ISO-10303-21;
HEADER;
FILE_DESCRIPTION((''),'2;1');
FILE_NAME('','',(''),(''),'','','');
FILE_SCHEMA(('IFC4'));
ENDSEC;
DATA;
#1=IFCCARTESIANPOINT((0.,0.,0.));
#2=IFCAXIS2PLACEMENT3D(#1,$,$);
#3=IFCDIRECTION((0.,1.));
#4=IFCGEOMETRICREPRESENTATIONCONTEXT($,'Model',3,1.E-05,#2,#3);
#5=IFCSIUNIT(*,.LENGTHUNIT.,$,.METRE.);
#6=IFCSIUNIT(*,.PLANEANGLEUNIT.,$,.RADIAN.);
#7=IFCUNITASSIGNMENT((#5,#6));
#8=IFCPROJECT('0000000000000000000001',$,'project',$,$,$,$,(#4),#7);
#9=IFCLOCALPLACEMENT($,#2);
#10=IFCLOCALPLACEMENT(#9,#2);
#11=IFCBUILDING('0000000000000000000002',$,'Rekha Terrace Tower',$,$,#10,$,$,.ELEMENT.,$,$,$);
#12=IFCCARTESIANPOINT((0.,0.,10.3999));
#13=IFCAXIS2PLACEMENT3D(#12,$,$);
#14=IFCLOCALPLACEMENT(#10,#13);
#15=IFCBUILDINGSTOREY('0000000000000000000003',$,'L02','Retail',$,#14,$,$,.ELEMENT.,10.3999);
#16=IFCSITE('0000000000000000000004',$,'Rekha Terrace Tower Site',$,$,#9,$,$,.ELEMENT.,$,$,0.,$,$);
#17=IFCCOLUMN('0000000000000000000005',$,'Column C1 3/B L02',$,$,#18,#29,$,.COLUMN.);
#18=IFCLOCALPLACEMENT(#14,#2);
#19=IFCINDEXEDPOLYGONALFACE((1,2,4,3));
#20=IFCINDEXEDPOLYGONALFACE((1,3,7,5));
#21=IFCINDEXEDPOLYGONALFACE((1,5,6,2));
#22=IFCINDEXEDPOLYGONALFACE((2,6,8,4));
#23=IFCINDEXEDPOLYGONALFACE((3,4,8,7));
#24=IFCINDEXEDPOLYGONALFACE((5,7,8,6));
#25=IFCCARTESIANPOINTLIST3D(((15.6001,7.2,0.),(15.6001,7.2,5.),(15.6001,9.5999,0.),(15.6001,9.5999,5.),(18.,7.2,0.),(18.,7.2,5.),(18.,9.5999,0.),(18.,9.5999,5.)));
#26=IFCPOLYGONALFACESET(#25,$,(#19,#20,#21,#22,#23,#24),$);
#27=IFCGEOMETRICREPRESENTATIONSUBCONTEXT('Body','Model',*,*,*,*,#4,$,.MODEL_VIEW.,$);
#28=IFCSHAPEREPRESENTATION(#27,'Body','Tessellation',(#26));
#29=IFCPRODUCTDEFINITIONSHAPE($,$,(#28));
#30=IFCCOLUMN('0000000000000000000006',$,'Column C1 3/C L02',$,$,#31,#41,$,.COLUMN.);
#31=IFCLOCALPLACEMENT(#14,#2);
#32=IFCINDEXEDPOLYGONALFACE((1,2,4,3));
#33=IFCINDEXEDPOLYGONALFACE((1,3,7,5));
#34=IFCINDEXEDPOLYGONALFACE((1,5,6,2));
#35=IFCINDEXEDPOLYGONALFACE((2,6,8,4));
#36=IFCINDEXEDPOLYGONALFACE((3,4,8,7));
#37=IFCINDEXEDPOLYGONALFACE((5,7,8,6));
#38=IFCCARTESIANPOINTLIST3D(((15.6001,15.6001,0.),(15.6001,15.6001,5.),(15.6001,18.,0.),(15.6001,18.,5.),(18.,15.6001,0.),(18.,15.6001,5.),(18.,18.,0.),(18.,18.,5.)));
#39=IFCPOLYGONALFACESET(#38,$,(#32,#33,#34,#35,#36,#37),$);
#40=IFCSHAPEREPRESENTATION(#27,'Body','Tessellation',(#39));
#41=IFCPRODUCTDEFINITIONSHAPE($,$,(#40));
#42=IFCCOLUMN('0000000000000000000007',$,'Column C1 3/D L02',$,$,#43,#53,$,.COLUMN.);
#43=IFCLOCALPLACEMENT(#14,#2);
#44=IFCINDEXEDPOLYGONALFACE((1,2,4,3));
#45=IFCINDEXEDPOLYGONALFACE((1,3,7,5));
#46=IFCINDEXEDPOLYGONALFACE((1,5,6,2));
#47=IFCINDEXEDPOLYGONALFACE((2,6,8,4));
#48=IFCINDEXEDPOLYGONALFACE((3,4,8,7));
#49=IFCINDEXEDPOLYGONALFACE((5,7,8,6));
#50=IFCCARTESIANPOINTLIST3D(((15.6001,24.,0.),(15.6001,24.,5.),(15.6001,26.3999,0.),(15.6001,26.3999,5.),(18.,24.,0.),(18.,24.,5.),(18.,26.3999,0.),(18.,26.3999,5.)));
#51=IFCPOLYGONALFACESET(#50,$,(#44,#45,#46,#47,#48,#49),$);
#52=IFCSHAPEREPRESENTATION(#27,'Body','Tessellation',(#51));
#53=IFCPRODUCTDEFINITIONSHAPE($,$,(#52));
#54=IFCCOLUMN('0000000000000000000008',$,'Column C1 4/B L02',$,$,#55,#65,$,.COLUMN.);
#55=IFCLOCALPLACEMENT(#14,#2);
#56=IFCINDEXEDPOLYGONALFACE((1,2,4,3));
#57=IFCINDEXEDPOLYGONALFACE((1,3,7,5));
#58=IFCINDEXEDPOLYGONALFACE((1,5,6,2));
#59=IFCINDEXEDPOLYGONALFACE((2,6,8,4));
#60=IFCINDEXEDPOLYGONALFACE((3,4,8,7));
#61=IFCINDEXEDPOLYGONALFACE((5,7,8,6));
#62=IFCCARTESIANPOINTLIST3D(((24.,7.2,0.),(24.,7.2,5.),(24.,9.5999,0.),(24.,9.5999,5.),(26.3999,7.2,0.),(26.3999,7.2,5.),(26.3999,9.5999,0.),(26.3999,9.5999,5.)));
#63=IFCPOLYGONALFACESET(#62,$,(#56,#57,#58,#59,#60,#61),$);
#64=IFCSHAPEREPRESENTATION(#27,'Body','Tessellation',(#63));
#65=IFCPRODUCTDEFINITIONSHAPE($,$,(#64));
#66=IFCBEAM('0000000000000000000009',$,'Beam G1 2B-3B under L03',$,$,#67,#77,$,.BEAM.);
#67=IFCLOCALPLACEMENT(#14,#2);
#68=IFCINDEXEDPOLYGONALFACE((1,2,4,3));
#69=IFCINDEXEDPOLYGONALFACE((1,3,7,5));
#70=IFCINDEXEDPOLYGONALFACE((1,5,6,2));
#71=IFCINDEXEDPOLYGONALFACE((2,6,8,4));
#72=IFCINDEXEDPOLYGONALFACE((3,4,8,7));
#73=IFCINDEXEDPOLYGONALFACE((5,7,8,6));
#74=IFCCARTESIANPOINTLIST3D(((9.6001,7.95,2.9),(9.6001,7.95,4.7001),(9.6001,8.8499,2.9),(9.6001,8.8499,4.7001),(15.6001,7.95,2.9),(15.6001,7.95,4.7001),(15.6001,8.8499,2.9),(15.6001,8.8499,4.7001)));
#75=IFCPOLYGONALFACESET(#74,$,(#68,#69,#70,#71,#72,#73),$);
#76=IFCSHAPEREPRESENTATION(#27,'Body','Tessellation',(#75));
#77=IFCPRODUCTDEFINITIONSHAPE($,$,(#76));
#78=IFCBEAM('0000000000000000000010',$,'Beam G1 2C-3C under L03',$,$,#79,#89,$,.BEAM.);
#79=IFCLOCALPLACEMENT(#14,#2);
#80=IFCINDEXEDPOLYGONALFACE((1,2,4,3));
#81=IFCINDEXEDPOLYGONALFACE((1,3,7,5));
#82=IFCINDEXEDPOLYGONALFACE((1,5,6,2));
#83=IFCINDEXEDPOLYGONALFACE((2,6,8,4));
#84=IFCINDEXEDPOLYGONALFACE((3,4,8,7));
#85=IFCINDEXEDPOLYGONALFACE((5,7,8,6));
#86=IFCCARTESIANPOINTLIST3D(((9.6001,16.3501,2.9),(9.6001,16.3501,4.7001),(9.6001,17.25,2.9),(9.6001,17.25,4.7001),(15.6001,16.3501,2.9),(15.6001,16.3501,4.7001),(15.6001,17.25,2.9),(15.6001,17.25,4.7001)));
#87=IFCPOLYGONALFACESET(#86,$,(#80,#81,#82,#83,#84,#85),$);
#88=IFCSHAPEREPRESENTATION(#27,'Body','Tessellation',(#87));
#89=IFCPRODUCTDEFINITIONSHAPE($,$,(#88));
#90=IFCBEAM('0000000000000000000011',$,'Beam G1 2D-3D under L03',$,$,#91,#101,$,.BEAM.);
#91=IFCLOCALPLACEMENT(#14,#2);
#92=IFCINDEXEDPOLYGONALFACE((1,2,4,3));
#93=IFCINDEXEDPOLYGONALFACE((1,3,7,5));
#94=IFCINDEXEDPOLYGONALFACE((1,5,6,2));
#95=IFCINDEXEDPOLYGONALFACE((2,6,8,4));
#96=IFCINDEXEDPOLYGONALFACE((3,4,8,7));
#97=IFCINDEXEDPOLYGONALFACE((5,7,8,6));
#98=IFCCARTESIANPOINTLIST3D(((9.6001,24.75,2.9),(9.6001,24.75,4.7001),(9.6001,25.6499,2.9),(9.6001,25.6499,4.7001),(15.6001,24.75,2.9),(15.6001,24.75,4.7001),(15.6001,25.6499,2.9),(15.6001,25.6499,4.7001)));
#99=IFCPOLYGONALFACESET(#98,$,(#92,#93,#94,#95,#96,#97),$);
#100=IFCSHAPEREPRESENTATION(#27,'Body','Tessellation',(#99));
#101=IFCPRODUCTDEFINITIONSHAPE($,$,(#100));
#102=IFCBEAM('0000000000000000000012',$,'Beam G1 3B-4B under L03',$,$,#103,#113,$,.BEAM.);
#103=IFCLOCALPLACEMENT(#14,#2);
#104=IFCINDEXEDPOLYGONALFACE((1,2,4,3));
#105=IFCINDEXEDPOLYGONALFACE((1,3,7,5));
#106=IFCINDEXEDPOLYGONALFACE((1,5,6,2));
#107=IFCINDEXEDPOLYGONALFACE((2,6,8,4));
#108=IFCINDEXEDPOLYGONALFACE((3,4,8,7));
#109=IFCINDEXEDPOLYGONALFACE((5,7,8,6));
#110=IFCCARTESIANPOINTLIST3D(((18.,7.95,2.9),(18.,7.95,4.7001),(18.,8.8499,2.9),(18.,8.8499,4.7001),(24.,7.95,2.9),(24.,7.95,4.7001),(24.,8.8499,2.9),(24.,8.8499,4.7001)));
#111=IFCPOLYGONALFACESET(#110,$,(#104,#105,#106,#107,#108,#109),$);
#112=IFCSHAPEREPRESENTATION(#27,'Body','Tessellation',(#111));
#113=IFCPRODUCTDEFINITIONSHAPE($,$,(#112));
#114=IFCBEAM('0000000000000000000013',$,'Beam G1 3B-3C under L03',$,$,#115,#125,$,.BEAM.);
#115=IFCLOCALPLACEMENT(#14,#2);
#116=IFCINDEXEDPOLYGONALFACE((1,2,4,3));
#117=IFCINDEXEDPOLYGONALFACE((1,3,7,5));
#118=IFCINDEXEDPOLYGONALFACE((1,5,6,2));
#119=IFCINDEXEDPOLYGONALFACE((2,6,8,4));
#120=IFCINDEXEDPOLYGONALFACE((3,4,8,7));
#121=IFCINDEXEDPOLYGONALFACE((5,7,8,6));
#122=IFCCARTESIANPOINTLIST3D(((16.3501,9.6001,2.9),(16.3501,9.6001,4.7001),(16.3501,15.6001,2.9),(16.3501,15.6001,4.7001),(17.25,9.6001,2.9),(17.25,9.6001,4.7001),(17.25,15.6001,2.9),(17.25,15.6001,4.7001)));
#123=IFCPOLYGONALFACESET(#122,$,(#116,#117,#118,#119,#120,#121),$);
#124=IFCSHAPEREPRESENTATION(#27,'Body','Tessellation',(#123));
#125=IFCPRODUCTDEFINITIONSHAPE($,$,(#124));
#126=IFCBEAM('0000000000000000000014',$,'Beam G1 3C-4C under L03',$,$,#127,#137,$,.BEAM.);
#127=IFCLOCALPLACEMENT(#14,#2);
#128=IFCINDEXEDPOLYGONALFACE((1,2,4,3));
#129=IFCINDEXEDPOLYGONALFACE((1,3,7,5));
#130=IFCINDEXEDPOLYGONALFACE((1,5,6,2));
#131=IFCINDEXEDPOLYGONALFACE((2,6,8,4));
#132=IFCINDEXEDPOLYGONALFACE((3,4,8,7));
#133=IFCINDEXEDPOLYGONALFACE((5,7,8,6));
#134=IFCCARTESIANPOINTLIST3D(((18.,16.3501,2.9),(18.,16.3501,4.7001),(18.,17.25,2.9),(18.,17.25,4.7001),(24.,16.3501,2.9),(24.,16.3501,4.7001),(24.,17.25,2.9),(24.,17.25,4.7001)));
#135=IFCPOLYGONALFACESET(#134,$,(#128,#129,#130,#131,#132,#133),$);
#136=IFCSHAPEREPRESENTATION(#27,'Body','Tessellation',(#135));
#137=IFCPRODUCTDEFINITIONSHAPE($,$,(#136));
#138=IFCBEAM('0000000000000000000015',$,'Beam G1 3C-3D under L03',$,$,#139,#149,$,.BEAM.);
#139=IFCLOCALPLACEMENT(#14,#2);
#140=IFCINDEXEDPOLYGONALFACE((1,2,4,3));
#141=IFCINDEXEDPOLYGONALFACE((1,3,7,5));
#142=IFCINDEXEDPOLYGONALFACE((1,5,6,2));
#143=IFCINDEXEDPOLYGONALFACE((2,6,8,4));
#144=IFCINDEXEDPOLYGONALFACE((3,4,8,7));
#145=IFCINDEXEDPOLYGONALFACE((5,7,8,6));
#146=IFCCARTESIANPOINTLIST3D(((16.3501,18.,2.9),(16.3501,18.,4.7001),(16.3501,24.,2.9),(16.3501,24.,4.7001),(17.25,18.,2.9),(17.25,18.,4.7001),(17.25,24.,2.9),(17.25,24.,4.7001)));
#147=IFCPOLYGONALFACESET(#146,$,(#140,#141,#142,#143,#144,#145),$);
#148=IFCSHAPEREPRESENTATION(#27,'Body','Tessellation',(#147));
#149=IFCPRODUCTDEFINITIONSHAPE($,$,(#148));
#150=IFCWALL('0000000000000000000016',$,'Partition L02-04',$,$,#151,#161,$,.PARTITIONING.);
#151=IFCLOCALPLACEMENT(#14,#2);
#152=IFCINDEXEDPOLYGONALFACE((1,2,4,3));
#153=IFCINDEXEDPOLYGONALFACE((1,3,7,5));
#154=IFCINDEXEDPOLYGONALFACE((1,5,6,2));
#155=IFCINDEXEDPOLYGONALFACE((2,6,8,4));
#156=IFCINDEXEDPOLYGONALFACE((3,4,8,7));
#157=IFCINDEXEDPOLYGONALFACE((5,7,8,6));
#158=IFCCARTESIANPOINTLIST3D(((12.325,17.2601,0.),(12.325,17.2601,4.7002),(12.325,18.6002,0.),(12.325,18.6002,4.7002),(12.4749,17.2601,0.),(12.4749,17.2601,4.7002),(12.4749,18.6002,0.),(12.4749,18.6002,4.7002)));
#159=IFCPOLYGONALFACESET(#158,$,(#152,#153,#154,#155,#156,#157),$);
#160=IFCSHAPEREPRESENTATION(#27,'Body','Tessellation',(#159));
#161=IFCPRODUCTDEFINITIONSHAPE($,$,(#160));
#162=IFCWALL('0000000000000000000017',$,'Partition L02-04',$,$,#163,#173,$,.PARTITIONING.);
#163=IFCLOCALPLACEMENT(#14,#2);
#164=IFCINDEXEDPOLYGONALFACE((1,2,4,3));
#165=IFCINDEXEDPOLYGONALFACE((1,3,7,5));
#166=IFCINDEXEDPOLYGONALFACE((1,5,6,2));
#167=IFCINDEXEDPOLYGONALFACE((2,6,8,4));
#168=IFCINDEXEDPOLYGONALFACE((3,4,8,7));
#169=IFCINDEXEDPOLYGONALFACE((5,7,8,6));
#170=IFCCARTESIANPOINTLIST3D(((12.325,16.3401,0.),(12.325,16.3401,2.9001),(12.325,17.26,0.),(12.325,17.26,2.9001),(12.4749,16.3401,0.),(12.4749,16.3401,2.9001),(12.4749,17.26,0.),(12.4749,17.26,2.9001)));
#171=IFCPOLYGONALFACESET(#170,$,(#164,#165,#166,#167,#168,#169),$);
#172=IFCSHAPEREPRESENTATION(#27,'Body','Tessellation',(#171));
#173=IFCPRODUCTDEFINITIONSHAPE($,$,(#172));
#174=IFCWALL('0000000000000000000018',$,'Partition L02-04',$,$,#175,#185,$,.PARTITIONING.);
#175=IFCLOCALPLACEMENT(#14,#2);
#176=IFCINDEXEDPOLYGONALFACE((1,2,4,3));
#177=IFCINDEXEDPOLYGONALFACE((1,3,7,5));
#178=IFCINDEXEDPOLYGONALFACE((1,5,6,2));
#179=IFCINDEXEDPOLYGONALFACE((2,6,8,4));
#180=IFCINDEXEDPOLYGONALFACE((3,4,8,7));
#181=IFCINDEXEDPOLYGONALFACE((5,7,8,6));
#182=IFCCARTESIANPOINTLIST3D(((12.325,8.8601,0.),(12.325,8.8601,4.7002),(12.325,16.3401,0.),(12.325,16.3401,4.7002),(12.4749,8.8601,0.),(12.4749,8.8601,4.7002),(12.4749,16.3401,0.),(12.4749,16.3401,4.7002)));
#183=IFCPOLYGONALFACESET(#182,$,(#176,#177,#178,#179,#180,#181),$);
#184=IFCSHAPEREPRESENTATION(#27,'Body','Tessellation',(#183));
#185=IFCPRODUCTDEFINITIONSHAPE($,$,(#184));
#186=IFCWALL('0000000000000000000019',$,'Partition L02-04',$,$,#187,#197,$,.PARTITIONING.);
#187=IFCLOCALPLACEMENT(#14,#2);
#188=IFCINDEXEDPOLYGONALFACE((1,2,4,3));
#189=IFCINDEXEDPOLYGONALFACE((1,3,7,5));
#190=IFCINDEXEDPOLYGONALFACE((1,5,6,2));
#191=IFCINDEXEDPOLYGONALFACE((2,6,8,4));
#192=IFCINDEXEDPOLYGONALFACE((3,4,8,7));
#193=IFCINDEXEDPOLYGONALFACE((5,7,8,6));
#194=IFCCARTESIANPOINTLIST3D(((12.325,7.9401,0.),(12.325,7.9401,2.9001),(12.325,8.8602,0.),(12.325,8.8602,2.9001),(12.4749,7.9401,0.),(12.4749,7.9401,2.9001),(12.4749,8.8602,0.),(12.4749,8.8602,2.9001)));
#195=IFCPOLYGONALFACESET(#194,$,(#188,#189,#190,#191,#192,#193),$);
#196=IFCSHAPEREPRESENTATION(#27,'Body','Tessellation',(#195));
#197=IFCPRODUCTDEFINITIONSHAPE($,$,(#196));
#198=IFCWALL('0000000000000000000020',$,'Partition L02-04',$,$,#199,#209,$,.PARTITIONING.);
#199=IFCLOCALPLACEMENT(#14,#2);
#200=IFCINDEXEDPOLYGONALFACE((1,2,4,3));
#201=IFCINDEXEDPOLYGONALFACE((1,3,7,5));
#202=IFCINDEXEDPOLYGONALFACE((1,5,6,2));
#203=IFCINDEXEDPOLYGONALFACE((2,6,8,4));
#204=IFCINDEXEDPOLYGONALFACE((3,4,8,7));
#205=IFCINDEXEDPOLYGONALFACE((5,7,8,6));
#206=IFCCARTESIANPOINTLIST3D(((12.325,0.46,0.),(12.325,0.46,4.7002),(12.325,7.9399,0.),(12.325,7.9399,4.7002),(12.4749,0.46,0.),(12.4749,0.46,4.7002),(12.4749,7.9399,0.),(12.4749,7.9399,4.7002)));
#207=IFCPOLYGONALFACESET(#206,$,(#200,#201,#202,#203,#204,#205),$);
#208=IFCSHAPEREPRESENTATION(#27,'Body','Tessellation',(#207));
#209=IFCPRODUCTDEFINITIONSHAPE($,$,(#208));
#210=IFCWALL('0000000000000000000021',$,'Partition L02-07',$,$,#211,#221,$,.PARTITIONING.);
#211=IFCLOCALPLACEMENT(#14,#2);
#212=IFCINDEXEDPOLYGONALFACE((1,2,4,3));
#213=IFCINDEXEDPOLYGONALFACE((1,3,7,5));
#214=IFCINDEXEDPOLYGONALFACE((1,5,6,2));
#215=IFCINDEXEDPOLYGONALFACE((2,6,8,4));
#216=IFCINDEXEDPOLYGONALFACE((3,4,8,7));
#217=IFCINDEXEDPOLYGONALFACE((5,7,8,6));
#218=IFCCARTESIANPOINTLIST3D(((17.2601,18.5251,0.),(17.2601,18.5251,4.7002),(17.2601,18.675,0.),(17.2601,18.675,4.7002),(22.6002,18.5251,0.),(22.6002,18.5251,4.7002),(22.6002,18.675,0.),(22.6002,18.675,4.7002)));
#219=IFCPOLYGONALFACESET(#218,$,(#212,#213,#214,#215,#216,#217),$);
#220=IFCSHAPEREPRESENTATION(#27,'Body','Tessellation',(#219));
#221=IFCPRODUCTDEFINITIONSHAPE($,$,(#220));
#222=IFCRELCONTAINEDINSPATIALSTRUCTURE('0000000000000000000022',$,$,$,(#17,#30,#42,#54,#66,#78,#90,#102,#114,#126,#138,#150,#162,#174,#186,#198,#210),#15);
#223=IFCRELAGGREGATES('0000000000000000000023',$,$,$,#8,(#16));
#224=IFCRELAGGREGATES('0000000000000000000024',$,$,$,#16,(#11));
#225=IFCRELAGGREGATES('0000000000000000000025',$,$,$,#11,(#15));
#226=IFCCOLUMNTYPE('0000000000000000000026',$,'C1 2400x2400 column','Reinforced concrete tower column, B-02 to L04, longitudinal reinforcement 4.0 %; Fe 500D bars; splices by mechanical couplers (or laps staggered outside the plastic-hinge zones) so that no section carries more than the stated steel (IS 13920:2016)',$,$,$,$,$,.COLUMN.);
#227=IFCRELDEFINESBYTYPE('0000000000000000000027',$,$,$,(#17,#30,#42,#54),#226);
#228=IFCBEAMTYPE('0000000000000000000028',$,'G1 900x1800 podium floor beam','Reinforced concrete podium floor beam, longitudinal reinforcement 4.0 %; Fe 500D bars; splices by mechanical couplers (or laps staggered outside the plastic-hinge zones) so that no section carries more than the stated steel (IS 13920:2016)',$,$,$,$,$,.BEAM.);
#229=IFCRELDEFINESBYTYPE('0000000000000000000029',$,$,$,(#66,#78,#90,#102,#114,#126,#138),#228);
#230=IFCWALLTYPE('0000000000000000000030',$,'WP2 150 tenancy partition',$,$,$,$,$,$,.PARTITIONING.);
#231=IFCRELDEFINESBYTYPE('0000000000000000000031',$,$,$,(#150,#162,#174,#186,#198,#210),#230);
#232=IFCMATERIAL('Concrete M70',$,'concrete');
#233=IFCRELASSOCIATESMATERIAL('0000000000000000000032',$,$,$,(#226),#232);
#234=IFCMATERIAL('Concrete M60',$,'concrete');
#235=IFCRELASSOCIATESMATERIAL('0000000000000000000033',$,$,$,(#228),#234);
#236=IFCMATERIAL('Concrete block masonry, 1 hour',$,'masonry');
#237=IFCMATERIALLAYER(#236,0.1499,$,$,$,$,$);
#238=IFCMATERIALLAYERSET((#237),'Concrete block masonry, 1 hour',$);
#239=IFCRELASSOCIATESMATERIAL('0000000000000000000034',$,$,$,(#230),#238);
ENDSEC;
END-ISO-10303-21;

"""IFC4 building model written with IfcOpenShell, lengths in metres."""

from ifc_helpers import new_model, si_unit, direction, frame, frame_2d, origin, origin_2d, place, context, subcontext, project, spatial, rectangle, extrude, material, layer, layer_set, material_profile, profile_set, type_object, element, save


model = new_model("IFC4")

# Units and contexts
model_context = context("Model", 3, precision=1e-05, world=origin(), true_north=direction((0.0, 1.0)))
body_context = subcontext(model_context, "Body", "Model", "MODEL_VIEW")
ifc_project = project(units=[si_unit("LENGTHUNIT", "METRE"), si_unit("PLANEANGLEUNIT", "RADIAN")], contexts=[model_context])

# Site, building, storey
site_placement = place(None, origin())
site = spatial("IfcSite", under=ifc_project, at=site_placement, Name="Rekha Terrace Tower Site", CompositionType="ELEMENT", RefElevation=0.0)
building_placement = place(site_placement, origin())
building = spatial("IfcBuilding", under=site, at=building_placement, Name="Rekha Terrace Tower", CompositionType="ELEMENT")
storey_placement = place(building_placement, frame((0.0, 0.0, 10.3999)))
storey = spatial("IfcBuildingStorey", under=building, at=storey_placement, Name="L02", Description="Retail", CompositionType="ELEMENT", Elevation=10.3999)

# Columns
ifc_material_1 = material(Name="Concrete M70", Category="concrete")
ifc_material_profile_1 = material_profile(ifc_material_1, rectangle(XDim=2.3999, YDim=2.3999, at=origin_2d()), Name="RC 2400x2400")
ifc_profile_set_1 = profile_set([ifc_material_profile_1], Name="Concrete M70")
column_type = type_object("IfcColumnType", Name="C1 2400x2400 column", Description="Reinforced concrete tower column, B-02 to L04, longitudinal reinforcement 4.0 %; Fe 500D bars; splices by mechanical couplers (or laps staggered outside the plastic-hinge zones) so that no section carries more than the stated steel (IS 13920:2016)", PredefinedType="COLUMN", material=ifc_profile_set_1)
for number, where, z_axis, x_axis, name in (
    (1, (16.8, 8.3999, 0.0), (0.0, 0.0, 1.0), (1.0, 0.0, 0.0), "Column C1 3/B L02"),
    (2, (16.8, 16.8, 0.0), (0.0, 0.0, 1.0), (1.0, 0.0, 0.0), "Column C1 3/C L02"),
    (3, (16.8, 25.2, 0.0), (0.0, 0.0, 1.0), (1.0, 0.0, 0.0), "Column C1 3/D L02"),
    (4, (25.2, 8.3999, 0.0), (0.0, 0.0, 1.0), (1.0, 0.0, 0.0), "Column C1 4/B L02"),
):
    element("IfcColumn", number, at=place(storey_placement, frame(where, z_axis=z_axis, x_axis=x_axis)), inside=storey, type_object=column_type, Name=name, PredefinedType="COLUMN", context=body_context, shape_type="SweptSolid", body=[
        extrude(rectangle(XDim=2.3999, YDim=2.3999, at=origin_2d()), origin(), (0.0, 0.0, 1.0), 5.0),
    ])

# Beams
ifc_material_2 = material(Name="Concrete M60", Category="concrete")
ifc_material_profile_2 = material_profile(ifc_material_2, rectangle(XDim=0.8999, YDim=1.8, at=origin_2d()), Name="RC 900x1800")
ifc_profile_set_2 = profile_set([ifc_material_profile_2], Name="Concrete M60")
beam_type = type_object("IfcBeamType", Name="G1 900x1800 podium floor beam", Description="Reinforced concrete podium floor beam, longitudinal reinforcement 4.0 %; Fe 500D bars; splices by mechanical couplers (or laps staggered outside the plastic-hinge zones) so that no section carries more than the stated steel (IS 13920:2016)", PredefinedType="BEAM", material=ifc_profile_set_2)
for number, where, z_axis, x_axis, name in (
    (5, (9.6001, 8.3999, 3.8), (1.0, 0.0, 0.0), (0.0, 1.0, 0.0), "Beam G1 2B-3B under L03"),
    (6, (9.6001, 16.8, 3.8), (1.0, 0.0, 0.0), (0.0, 1.0, 0.0), "Beam G1 2C-3C under L03"),
    (7, (9.6001, 25.2, 3.8), (1.0, 0.0, 0.0), (0.0, 1.0, 0.0), "Beam G1 2D-3D under L03"),
    (8, (18.0, 8.3999, 3.8), (1.0, 0.0, 0.0), (0.0, 1.0, 0.0), "Beam G1 3B-4B under L03"),
    (9, (16.8, 9.6001, 3.8), (0.0, 1.0, 0.0), (-1.0, 0.0, 0.0), "Beam G1 3B-3C under L03"),
    (10, (18.0, 16.8, 3.8), (1.0, 0.0, 0.0), (0.0, 1.0, 0.0), "Beam G1 3C-4C under L03"),
    (11, (16.8, 18.0, 3.8), (0.0, 1.0, 0.0), (-1.0, 0.0, 0.0), "Beam G1 3C-3D under L03"),
):
    element("IfcBeam", number, at=place(storey_placement, frame(where, z_axis=z_axis, x_axis=x_axis)), inside=storey, type_object=beam_type, Name=name, PredefinedType="BEAM", context=body_context, shape_type="SweptSolid", body=[
        extrude(rectangle(XDim=0.8999, YDim=1.8, at=origin_2d()), origin(), (0.0, 0.0, 1.0), 6.0),
    ])

# Walls
ifc_material_3 = material(Name="Concrete block masonry, 1 hour", Category="masonry")
ifc_layer_1 = layer(ifc_material_3, 0.1499)
ifc_layer_set_1 = layer_set([ifc_layer_1], Name="Concrete block masonry, 1 hour")
wall_type_1 = type_object("IfcWallType", Name="WP2 150 tenancy partition", PredefinedType="PARTITIONING", material=ifc_layer_set_1)
wall_1_placement = place(storey_placement, frame((12.3999, 18.6001, 0.0), z_axis=(0.0, 0.0, 1.0), x_axis=(0.0, -1.0, 0.0)))
element("IfcWall", 12, at=wall_1_placement, inside=storey, type_object=wall_type_1, Name="Partition L02-04", PredefinedType="PARTITIONING", context=body_context, shape_type="SweptSolid", body=[
    extrude(rectangle(XDim=1.3401, YDim=0.1499, at=frame_2d((0.6699, 0.0))), origin(), (0.0, 0.0, 1.0), 4.7002),
])
wall_2_placement = place(storey_placement, frame((12.3999, 17.26, 0.0), z_axis=(0.0, 0.0, 1.0), x_axis=(0.0, -1.0, 0.0)))
element("IfcWall", 13, at=wall_2_placement, inside=storey, type_object=wall_type_1, Name="Partition L02-04", PredefinedType="PARTITIONING", context=body_context, shape_type="SweptSolid", body=[
    extrude(rectangle(XDim=0.9199, YDim=0.1499, at=frame_2d((0.46, 0.0))), origin(), (0.0, 0.0, 1.0), 2.9001),
])
wall_3_placement = place(storey_placement, frame((12.3999, 16.3401, 0.0), z_axis=(0.0, 0.0, 1.0), x_axis=(0.0, -1.0, 0.0)))
element("IfcWall", 14, at=wall_3_placement, inside=storey, type_object=wall_type_1, Name="Partition L02-04", PredefinedType="PARTITIONING", context=body_context, shape_type="SweptSolid", body=[
    extrude(rectangle(XDim=7.48, YDim=0.1499, at=frame_2d((3.74, 0.0))), origin(), (0.0, 0.0, 1.0), 4.7002),
])
wall_4_placement = place(storey_placement, frame((12.3999, 8.8601, 0.0), z_axis=(0.0, 0.0, 1.0), x_axis=(0.0, -1.0, 0.0)))
element("IfcWall", 15, at=wall_4_placement, inside=storey, type_object=wall_type_1, Name="Partition L02-04", PredefinedType="PARTITIONING", context=body_context, shape_type="SweptSolid", body=[
    extrude(rectangle(XDim=0.9202, YDim=0.1499, at=frame_2d((0.46, 0.0))), origin(), (0.0, 0.0, 1.0), 2.9001),
])
wall_5_placement = place(storey_placement, frame((12.3999, 7.9399, 0.0), z_axis=(0.0, 0.0, 1.0), x_axis=(0.0, -1.0, 0.0)))
element("IfcWall", 16, at=wall_5_placement, inside=storey, type_object=wall_type_1, Name="Partition L02-04", PredefinedType="PARTITIONING", context=body_context, shape_type="SweptSolid", body=[
    extrude(rectangle(XDim=7.48, YDim=0.1499, at=frame_2d((3.74, 0.0))), origin(), (0.0, 0.0, 1.0), 4.7002),
])
wall_6_placement = place(storey_placement, frame((22.6001, 18.6001, 0.0), z_axis=(0.0, 0.0, 1.0), x_axis=(-1.0, 0.0, 0.0)))
element("IfcWall", 17, at=wall_6_placement, inside=storey, type_object=wall_type_1, Name="Partition L02-07", PredefinedType="PARTITIONING", context=body_context, shape_type="SweptSolid", body=[
    extrude(rectangle(XDim=5.3401, YDim=0.1499, at=frame_2d((2.6699, 0.0))), origin(), (0.0, 0.0, 1.0), 4.7002),
])

save(model, "model.ifc")
